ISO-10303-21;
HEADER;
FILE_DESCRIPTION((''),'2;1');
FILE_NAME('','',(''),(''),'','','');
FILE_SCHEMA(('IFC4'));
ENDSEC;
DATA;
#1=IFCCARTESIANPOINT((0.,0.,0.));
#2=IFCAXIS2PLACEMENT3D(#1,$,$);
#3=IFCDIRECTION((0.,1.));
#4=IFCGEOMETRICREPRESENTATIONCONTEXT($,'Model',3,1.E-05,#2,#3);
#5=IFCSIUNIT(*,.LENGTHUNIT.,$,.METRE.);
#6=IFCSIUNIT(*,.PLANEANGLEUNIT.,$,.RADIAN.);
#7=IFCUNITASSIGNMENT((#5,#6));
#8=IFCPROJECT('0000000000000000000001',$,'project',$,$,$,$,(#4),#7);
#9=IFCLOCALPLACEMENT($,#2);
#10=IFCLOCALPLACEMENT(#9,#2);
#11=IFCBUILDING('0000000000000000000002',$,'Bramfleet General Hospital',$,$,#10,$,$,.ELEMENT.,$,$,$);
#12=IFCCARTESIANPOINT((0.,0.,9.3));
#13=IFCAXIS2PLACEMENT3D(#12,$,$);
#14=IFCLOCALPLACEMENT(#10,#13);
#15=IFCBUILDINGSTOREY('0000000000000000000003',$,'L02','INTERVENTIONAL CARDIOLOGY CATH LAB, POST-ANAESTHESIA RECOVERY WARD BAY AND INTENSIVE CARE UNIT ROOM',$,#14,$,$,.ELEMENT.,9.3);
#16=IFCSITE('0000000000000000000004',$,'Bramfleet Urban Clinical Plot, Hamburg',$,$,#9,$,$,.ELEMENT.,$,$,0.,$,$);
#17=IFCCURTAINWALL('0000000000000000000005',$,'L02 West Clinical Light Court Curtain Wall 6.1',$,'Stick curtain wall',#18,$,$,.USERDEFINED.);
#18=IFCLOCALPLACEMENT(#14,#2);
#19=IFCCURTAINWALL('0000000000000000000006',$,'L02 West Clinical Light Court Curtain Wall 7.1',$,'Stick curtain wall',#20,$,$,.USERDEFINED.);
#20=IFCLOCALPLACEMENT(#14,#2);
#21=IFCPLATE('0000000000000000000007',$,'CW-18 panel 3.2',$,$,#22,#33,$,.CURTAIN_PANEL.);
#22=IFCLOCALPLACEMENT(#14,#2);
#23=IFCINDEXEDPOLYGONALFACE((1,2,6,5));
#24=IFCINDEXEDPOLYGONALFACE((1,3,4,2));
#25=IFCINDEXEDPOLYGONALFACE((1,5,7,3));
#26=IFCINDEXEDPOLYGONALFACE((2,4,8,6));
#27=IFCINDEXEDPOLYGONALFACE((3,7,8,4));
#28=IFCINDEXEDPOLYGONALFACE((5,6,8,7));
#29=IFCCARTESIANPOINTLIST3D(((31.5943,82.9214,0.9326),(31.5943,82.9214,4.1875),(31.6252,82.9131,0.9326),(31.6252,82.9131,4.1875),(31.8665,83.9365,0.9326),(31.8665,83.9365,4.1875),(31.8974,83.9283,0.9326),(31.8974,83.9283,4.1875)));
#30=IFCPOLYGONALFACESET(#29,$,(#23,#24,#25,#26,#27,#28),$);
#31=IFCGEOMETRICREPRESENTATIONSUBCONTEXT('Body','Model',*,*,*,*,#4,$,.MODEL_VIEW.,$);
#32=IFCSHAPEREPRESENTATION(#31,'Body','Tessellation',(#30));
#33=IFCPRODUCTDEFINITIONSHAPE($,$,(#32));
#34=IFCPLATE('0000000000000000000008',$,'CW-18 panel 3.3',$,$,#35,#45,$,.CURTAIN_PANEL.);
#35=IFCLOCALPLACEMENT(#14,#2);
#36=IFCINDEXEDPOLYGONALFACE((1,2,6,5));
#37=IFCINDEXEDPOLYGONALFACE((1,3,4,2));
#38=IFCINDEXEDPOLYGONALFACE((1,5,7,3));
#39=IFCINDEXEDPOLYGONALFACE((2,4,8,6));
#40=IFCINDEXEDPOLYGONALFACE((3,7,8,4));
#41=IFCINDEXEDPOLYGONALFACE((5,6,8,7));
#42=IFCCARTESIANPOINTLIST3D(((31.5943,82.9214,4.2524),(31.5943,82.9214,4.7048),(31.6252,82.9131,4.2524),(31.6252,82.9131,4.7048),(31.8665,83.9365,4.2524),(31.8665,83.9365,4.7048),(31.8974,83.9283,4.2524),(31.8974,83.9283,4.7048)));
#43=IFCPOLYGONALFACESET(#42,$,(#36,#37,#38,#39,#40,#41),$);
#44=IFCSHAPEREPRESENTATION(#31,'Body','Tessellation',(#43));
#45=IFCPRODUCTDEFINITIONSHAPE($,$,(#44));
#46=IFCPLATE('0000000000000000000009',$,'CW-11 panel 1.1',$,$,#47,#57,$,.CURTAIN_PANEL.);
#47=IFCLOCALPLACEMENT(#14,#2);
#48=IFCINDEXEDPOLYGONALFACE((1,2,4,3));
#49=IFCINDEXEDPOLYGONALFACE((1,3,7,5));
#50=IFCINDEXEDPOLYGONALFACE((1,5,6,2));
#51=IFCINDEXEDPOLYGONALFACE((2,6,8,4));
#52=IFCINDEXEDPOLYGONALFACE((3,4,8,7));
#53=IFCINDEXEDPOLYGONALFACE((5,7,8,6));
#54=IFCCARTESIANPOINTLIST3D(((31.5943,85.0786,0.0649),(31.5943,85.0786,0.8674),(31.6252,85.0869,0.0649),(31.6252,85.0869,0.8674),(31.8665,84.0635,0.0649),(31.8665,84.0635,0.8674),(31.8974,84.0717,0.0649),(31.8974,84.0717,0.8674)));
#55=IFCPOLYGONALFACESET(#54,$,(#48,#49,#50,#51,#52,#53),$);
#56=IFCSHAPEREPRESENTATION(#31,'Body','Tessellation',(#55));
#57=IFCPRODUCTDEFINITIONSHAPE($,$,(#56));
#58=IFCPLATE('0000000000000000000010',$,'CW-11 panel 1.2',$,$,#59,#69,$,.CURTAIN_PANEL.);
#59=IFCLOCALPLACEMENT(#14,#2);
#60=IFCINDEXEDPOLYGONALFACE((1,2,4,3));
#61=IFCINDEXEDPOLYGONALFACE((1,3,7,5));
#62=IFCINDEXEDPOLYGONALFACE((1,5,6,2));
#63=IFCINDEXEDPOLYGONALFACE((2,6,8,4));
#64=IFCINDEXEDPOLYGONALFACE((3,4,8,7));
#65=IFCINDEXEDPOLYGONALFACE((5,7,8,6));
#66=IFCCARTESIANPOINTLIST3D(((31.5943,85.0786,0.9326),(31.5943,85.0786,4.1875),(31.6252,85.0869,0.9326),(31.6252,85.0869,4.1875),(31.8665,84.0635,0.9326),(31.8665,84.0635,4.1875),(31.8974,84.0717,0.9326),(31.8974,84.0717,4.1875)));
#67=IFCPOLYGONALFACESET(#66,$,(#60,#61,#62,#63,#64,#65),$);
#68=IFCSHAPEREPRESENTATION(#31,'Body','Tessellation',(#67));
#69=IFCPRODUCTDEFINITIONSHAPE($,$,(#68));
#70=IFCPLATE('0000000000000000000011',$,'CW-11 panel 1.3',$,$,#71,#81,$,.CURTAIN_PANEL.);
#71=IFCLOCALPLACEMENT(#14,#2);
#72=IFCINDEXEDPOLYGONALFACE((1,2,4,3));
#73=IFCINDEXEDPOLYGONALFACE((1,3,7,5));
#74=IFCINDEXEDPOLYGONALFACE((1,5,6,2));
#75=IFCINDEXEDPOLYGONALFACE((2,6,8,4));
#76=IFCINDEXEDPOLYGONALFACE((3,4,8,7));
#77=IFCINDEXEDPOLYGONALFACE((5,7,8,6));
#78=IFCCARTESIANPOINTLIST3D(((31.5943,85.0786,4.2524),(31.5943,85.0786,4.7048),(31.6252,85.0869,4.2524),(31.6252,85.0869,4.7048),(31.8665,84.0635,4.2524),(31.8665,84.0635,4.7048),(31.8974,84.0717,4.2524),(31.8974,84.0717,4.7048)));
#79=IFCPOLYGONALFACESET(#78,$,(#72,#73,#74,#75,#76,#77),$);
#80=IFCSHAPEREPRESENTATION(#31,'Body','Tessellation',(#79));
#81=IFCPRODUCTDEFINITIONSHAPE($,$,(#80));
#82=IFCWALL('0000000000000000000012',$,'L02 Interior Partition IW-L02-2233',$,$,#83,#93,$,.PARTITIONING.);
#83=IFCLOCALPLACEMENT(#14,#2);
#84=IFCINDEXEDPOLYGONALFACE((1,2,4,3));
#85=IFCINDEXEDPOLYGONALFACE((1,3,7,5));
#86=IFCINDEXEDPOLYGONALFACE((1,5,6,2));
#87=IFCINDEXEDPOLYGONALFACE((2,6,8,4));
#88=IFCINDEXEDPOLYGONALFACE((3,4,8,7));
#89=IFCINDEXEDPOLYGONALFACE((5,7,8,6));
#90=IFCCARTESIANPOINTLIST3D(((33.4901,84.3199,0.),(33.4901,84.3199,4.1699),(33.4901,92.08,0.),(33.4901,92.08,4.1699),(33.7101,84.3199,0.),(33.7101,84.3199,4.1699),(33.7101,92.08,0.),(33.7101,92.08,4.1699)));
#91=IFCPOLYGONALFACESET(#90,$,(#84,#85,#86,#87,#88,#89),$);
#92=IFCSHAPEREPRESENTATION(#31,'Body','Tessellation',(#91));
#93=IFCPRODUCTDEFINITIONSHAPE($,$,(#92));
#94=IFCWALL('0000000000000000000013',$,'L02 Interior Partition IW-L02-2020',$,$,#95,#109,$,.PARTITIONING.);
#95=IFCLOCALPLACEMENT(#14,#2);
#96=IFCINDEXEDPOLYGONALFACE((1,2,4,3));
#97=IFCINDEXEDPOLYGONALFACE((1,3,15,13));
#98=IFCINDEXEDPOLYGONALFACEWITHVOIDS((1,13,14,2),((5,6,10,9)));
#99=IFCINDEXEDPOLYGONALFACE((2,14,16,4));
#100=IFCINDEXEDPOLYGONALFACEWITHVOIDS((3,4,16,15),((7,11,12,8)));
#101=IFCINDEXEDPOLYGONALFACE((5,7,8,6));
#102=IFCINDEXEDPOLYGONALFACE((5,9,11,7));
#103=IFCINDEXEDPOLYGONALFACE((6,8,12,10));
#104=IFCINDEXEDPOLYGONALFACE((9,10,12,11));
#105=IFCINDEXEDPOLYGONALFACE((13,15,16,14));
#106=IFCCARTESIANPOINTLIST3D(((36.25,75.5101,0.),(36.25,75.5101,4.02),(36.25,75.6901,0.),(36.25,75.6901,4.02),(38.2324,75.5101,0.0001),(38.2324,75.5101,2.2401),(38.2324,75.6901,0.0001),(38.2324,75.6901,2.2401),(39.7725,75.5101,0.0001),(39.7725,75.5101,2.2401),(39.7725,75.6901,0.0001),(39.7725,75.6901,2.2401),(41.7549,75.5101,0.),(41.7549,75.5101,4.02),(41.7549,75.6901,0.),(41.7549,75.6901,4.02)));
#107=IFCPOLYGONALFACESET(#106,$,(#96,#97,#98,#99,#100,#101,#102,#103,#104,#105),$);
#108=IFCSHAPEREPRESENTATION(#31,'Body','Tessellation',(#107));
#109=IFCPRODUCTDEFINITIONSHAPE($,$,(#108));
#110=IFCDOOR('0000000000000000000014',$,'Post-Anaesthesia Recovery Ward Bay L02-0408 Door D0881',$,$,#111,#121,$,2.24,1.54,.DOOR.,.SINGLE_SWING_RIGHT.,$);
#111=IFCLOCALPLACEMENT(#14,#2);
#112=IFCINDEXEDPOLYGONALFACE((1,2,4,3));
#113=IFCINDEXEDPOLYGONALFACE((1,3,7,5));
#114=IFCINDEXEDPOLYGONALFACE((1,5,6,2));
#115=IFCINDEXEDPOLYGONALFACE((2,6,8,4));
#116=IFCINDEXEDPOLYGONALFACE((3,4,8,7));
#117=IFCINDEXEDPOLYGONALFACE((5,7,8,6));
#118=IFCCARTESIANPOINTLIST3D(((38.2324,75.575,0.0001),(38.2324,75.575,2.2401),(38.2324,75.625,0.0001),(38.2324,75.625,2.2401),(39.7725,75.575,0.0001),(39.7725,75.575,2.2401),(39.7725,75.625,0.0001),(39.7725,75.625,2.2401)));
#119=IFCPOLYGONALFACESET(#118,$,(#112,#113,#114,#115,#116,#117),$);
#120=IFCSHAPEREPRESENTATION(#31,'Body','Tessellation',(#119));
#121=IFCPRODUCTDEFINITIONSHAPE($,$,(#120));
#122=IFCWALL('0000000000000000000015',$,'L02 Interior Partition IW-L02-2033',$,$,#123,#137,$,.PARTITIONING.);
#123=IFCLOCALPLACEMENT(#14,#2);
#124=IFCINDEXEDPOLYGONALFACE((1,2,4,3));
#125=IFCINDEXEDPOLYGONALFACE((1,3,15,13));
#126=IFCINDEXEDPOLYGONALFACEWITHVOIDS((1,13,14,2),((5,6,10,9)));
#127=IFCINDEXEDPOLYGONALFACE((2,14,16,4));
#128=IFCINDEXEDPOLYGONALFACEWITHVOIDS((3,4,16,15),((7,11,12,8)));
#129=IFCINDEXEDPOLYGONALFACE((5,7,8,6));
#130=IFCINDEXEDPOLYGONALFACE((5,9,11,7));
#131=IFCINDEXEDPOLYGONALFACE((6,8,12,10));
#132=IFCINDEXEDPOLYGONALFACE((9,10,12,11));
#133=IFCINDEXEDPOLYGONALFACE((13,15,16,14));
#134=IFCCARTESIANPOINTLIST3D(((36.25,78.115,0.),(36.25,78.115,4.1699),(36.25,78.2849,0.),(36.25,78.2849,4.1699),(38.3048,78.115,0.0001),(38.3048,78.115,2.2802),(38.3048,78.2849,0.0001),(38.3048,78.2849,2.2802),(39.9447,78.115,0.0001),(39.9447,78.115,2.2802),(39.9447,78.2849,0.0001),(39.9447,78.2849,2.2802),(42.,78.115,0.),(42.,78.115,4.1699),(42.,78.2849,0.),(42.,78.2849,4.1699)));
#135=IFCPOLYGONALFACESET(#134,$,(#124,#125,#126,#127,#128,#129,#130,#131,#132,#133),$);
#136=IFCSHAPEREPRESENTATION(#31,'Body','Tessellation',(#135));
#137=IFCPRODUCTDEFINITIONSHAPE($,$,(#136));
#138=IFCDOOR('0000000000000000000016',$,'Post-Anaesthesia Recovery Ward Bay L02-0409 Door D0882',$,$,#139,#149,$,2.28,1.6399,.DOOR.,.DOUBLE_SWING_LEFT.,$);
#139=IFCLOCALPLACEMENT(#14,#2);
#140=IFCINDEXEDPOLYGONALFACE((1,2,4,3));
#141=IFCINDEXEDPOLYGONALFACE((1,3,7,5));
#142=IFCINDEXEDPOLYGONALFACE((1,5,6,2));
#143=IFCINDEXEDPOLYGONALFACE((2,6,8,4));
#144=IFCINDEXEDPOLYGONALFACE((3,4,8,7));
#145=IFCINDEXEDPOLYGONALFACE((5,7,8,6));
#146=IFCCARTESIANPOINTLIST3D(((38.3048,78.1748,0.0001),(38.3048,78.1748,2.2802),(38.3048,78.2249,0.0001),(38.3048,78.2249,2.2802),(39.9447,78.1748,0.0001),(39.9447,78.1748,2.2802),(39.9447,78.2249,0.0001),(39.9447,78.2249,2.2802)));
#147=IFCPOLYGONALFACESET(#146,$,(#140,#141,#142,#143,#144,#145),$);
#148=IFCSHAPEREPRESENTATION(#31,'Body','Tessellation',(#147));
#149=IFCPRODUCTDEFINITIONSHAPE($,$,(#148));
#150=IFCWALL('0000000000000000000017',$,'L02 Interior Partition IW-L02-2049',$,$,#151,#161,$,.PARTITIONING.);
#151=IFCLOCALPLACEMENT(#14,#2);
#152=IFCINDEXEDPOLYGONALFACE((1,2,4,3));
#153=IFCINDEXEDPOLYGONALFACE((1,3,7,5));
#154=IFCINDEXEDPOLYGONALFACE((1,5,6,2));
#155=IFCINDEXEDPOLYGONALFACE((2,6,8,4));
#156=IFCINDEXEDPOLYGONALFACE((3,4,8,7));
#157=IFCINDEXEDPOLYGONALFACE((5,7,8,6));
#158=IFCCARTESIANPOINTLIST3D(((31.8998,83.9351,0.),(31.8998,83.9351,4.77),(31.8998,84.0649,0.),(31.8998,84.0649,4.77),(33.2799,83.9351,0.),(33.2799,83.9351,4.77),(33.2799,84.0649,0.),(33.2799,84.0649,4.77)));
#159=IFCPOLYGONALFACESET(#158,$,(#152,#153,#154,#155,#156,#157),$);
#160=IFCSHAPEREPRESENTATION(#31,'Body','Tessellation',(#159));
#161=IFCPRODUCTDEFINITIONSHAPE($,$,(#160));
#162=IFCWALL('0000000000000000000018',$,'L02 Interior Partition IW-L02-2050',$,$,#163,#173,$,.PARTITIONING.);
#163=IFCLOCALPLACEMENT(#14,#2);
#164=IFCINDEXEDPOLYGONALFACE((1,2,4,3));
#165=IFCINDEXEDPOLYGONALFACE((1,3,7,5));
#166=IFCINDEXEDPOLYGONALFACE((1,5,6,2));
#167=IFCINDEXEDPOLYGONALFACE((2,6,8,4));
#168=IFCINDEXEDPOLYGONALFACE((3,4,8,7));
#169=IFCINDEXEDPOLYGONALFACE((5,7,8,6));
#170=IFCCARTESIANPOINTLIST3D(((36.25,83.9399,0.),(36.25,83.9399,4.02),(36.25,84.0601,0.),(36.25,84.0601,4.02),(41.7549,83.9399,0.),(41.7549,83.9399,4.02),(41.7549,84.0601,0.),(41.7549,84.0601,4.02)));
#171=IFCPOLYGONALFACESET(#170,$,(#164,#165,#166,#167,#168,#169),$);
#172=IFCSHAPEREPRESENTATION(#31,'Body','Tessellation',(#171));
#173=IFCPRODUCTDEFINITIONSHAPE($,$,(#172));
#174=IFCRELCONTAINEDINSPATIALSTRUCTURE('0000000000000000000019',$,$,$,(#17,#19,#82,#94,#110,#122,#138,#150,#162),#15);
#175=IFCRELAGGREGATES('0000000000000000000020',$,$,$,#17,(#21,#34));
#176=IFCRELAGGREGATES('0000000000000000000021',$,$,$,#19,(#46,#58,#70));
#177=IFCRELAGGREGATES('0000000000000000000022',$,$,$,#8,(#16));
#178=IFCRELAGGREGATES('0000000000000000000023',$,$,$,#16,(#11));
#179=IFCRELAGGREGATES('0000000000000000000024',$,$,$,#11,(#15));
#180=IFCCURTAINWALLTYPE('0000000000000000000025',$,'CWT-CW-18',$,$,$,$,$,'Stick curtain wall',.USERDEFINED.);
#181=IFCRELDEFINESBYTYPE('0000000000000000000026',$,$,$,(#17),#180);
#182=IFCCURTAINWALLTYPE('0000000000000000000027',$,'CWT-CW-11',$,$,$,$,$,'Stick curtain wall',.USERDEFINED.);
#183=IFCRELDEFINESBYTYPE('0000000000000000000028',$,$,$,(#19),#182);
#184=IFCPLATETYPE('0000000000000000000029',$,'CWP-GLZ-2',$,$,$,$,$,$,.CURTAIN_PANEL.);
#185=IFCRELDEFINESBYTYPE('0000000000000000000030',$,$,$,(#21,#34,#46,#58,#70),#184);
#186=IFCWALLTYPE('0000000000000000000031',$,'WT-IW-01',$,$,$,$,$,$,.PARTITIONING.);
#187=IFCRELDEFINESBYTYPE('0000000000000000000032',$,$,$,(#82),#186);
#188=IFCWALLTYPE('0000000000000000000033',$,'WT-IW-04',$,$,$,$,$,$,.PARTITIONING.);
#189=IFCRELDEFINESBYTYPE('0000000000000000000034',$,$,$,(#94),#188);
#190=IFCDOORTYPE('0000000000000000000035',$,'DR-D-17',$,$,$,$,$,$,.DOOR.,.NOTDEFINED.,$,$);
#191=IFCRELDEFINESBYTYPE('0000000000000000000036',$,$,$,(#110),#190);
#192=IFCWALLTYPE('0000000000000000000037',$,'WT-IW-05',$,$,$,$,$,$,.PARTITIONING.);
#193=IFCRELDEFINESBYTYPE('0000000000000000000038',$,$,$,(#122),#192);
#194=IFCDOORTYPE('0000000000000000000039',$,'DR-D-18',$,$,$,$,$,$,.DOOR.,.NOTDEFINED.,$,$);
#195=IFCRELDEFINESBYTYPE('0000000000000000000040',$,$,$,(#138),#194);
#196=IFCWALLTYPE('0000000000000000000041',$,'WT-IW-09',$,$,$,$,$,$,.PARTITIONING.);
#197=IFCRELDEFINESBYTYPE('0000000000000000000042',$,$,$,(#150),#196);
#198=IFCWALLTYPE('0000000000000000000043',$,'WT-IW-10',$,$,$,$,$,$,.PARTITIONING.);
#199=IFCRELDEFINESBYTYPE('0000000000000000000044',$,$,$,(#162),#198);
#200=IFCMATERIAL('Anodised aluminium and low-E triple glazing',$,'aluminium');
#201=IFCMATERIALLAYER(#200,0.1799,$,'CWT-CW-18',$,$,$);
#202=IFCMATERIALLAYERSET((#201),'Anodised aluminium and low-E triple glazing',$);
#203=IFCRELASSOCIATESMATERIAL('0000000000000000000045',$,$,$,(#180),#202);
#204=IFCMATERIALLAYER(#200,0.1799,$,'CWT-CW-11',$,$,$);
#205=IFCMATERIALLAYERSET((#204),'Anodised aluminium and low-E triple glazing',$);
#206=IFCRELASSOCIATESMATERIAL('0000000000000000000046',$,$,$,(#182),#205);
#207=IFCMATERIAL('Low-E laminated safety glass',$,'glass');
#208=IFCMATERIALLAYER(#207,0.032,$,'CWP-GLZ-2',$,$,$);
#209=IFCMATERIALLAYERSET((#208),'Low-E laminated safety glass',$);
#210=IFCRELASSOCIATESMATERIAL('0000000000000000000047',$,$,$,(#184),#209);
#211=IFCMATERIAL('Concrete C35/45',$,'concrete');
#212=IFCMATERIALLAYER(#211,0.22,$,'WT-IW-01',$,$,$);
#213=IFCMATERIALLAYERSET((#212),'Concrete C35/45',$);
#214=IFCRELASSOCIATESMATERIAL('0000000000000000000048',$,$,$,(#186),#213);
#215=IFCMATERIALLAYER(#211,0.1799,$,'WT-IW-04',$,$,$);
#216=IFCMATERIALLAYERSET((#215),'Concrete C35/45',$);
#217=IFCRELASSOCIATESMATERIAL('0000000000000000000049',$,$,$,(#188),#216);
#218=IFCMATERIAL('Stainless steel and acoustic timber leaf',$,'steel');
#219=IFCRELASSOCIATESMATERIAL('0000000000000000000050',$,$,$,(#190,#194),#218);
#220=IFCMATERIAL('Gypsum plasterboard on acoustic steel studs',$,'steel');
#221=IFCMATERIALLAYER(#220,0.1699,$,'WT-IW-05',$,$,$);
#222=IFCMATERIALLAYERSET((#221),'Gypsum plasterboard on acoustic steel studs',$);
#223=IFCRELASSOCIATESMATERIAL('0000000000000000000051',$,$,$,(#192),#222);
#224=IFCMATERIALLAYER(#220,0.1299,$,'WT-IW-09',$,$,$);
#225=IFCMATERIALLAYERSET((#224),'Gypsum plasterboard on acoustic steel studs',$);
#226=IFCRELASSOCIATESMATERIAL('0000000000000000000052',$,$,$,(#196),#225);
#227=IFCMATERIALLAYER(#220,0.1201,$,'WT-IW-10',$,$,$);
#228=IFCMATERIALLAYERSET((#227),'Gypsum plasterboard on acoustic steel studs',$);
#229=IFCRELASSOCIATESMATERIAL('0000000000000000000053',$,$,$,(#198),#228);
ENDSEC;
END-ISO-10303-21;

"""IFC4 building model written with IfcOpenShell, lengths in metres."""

from ifc_helpers import new_model, si_unit, direction, frame, frame_2d, origin, origin_2d, place, context, subcontext, project, spatial, rectangle, extrude, material, layer, layer_set, type_object, element, fill, aggregate, save


model = new_model("IFC4")

# Units and contexts
model_context = context("Model", 3, precision=1e-05, world=origin(), true_north=direction((0.0, 1.0)))
body_context = subcontext(model_context, "Body", "Model", "MODEL_VIEW")
ifc_project = project(units=[si_unit("LENGTHUNIT", "METRE"), si_unit("PLANEANGLEUNIT", "RADIAN")], contexts=[model_context])

# Site, building, storey
site_placement = place(None, origin())
site = spatial("IfcSite", under=ifc_project, at=site_placement, Name="Bramfleet Urban Clinical Plot, Hamburg", CompositionType="ELEMENT", RefElevation=0.0)
building_placement = place(site_placement, origin())
building = spatial("IfcBuilding", under=site, at=building_placement, Name="Bramfleet General Hospital", CompositionType="ELEMENT")
storey_placement = place(building_placement, frame((0.0, 0.0, 9.3)))
storey = spatial("IfcBuildingStorey", under=building, at=storey_placement, Name="L02", Description="INTERVENTIONAL CARDIOLOGY CATH LAB, POST-ANAESTHESIA RECOVERY WARD BAY AND INTENSIVE CARE UNIT ROOM", CompositionType="ELEMENT", Elevation=9.3)

# Shared definitions
ifc_material_1 = material(Name="Concrete C35/45", Category="concrete")

# Curtain walls
ifc_material_2 = material(Name="Anodised aluminium and low-E triple glazing", Category="aluminium")
ifc_layer_1 = layer(ifc_material_2, 0.1799, Name="CWT-CW-18")
ifc_layer_set_1 = layer_set([ifc_layer_1], Name="Anodised aluminium and low-E triple glazing")
curtain_wall_type_1 = type_object("IfcCurtainWallType", Name="CWT-CW-18", ElementType="Stick curtain wall", PredefinedType="USERDEFINED", material=ifc_layer_set_1)
curtain_wall_1_placement = place(storey_placement, origin())
curtain_wall_1 = element("IfcCurtainWall", 1, at=curtain_wall_1_placement, inside=storey, type_object=curtain_wall_type_1, Name="L02 West Clinical Light Court Curtain Wall 6.1", ObjectType="Stick curtain wall", PredefinedType="USERDEFINED")
ifc_layer_2 = layer(ifc_material_2, 0.1799, Name="CWT-CW-11")
ifc_layer_set_2 = layer_set([ifc_layer_2], Name="Anodised aluminium and low-E triple glazing")
curtain_wall_type_2 = type_object("IfcCurtainWallType", Name="CWT-CW-11", ElementType="Stick curtain wall", PredefinedType="USERDEFINED", material=ifc_layer_set_2)
curtain_wall_2_placement = place(storey_placement, origin())
curtain_wall_2 = element("IfcCurtainWall", 2, at=curtain_wall_2_placement, inside=storey, type_object=curtain_wall_type_2, Name="L02 West Clinical Light Court Curtain Wall 7.1", ObjectType="Stick curtain wall", PredefinedType="USERDEFINED")

# Plates
ifc_material_3 = material(Name="Low-E laminated safety glass", Category="glass")
ifc_layer_3 = layer(ifc_material_3, 0.032, Name="CWP-GLZ-2")
ifc_layer_set_3 = layer_set([ifc_layer_3], Name="Low-E laminated safety glass")
plate_type = type_object("IfcPlateType", Name="CWP-GLZ-2", PredefinedType="CURTAIN_PANEL", material=ifc_layer_set_3)
plate_1_placement = place(storey_placement, frame((31.7458, 83.4248, 0.9326), z_axis=(0.0, 0.0, 1.0), x_axis=(0.258919, 0.965899, 0.0)))
plate_1 = element("IfcPlate", 3, at=plate_1_placement, type_object=plate_type, Name="CW-18 panel 3.2", PredefinedType="CURTAIN_PANEL", context=body_context, shape_type="SweptSolid", body=[
    extrude(rectangle(XDim=1.051, YDim=0.032, at=origin_2d()), origin(), (0.0, 0.0, 1.0), 3.2549),
])
plate_2_placement = place(storey_placement, frame((31.7458, 83.4248, 4.2524), z_axis=(0.0, 0.0, 1.0), x_axis=(0.258919, 0.965899, 0.0)))
plate_2 = element("IfcPlate", 4, at=plate_2_placement, type_object=plate_type, Name="CW-18 panel 3.3", PredefinedType="CURTAIN_PANEL", context=body_context, shape_type="SweptSolid", body=[
    extrude(rectangle(XDim=1.051, YDim=0.032, at=origin_2d()), origin(), (0.0, 0.0, 1.0), 0.4524),
])
aggregate(curtain_wall_1, [plate_1, plate_2])
plate_3_placement = place(storey_placement, frame((31.7458, 84.5752, 0.0649), z_axis=(0.0, 0.0, 1.0), x_axis=(-0.258919, 0.965899, 0.0)))
plate_3 = element("IfcPlate", 5, at=plate_3_placement, type_object=plate_type, Name="CW-11 panel 1.1", PredefinedType="CURTAIN_PANEL", context=body_context, shape_type="SweptSolid", body=[
    extrude(rectangle(XDim=1.051, YDim=0.032, at=origin_2d()), origin(), (0.0, 0.0, 1.0), 0.8025),
])
plate_4_placement = place(storey_placement, frame((31.7458, 84.5752, 0.9326), z_axis=(0.0, 0.0, 1.0), x_axis=(-0.258919, 0.965899, 0.0)))
plate_4 = element("IfcPlate", 6, at=plate_4_placement, type_object=plate_type, Name="CW-11 panel 1.2", PredefinedType="CURTAIN_PANEL", context=body_context, shape_type="SweptSolid", body=[
    extrude(rectangle(XDim=1.051, YDim=0.032, at=origin_2d()), origin(), (0.0, 0.0, 1.0), 3.2549),
])
plate_5_placement = place(storey_placement, frame((31.7458, 84.5752, 4.2524), z_axis=(0.0, 0.0, 1.0), x_axis=(-0.258919, 0.965899, 0.0)))
plate_5 = element("IfcPlate", 7, at=plate_5_placement, type_object=plate_type, Name="CW-11 panel 1.3", PredefinedType="CURTAIN_PANEL", context=body_context, shape_type="SweptSolid", body=[
    extrude(rectangle(XDim=1.051, YDim=0.032, at=origin_2d()), origin(), (0.0, 0.0, 1.0), 0.4524),
])
aggregate(curtain_wall_2, [plate_3, plate_4, plate_5])

# Wall
ifc_layer_4 = layer(ifc_material_1, 0.22, Name="WT-IW-01")
ifc_layer_set_4 = layer_set([ifc_layer_4], Name="Concrete C35/45")
wall_type_1 = type_object("IfcWallType", Name="WT-IW-01", PredefinedType="PARTITIONING", material=ifc_layer_set_4)
wall_1_placement = place(storey_placement, frame((33.6001, 84.3201, 0.0), z_axis=(0.0, 0.0, 1.0), x_axis=(0.0, 1.0, 0.0)))
element("IfcWall", 8, at=wall_1_placement, inside=storey, type_object=wall_type_1, Name="L02 Interior Partition IW-L02-2233", PredefinedType="PARTITIONING", context=body_context, shape_type="SweptSolid", body=[
    extrude(rectangle(XDim=7.76, YDim=0.22, at=frame_2d((3.8799, 0.0))), origin(), (0.0, 0.0, 1.0), 4.1699),
])

# Walls, openings, doors
ifc_layer_5 = layer(ifc_material_1, 0.1799, Name="WT-IW-04")
ifc_layer_set_5 = layer_set([ifc_layer_5], Name="Concrete C35/45")
wall_type_2 = type_object("IfcWallType", Name="WT-IW-04", PredefinedType="PARTITIONING", material=ifc_layer_set_5)
wall_2_placement = place(storey_placement, frame((36.25, 75.6001, 0.0), z_axis=(0.0, 0.0, 1.0), x_axis=(1.0, 0.0, 0.0)))
wall_2 = element("IfcWall", 9, at=wall_2_placement, inside=storey, type_object=wall_type_2, Name="L02 Interior Partition IW-L02-2020", PredefinedType="PARTITIONING", context=body_context, shape_type="SweptSolid", body=[
    extrude(rectangle(XDim=5.5049, YDim=0.1799, at=frame_2d((2.7524, 0.0))), origin(), (0.0, 0.0, 1.0), 4.02),
])
opening_1_placement = place(wall_2_placement, frame((1.9824, 0.0, 0.0)))
opening_1 = element("IfcOpeningElement", 10, at=opening_1_placement, cuts=wall_2, PredefinedType="OPENING", context=body_context, shape_type="SweptSolid", body=[
    extrude(rectangle(XDim=1.54, YDim=2.24, at=frame_2d((0.77, 1.1201))), frame((0.0, 0.0999, 0.0), z_axis=(0.0, -1.0, 0.0), x_axis=(1.0, 0.0, 0.0)), (0.0, 0.0, 1.0), 0.2),
])
ifc_material_4 = material(Name="Stainless steel and acoustic timber leaf", Category="steel")
door_type_1 = type_object("IfcDoorType", Name="DR-D-17", OperationType="NOTDEFINED", PredefinedType="DOOR", material=ifc_material_4)
door_1_placement = place(opening_1_placement, origin())
door_1 = element("IfcDoor", 11, at=door_1_placement, inside=storey, type_object=door_type_1, Name="Post-Anaesthesia Recovery Ward Bay L02-0408 Door D0881", OperationType="SINGLE_SWING_RIGHT", OverallHeight=2.24, OverallWidth=1.54, PredefinedType="DOOR", context=body_context, shape_type="SweptSolid", body=[
    extrude(rectangle(XDim=1.54, YDim=2.24, at=frame_2d((0.77, 1.1201))), frame((0.0, 0.0249, 0.0), z_axis=(0.0, -1.0, 0.0), x_axis=(1.0, 0.0, 0.0)), (0.0, 0.0, 1.0), 0.05),
])
fill(opening_1, door_1)
ifc_material_5 = material(Name="Gypsum plasterboard on acoustic steel studs", Category="steel")
ifc_layer_6 = layer(ifc_material_5, 0.1699, Name="WT-IW-05")
ifc_layer_set_6 = layer_set([ifc_layer_6], Name="Gypsum plasterboard on acoustic steel studs")
wall_type_3 = type_object("IfcWallType", Name="WT-IW-05", PredefinedType="PARTITIONING", material=ifc_layer_set_6)
wall_3_placement = place(storey_placement, frame((36.25, 78.2, 0.0), z_axis=(0.0, 0.0, 1.0), x_axis=(1.0, 0.0, 0.0)))
wall_3 = element("IfcWall", 12, at=wall_3_placement, inside=storey, type_object=wall_type_3, Name="L02 Interior Partition IW-L02-2033", PredefinedType="PARTITIONING", context=body_context, shape_type="SweptSolid", body=[
    extrude(rectangle(XDim=5.75, YDim=0.1699, at=frame_2d((2.875, 0.0))), origin(), (0.0, 0.0, 1.0), 4.1699),
])
opening_2_placement = place(wall_3_placement, frame((2.0549, 0.0, 0.0)))
opening_2 = element("IfcOpeningElement", 13, at=opening_2_placement, cuts=wall_3, PredefinedType="OPENING", context=body_context, shape_type="SweptSolid", body=[
    extrude(rectangle(XDim=1.6399, YDim=2.28, at=frame_2d((0.8198, 1.1401))), frame((0.0, 0.095, 0.0), z_axis=(0.0, -1.0, 0.0), x_axis=(1.0, 0.0, 0.0)), (0.0, 0.0, 1.0), 0.1899),
])
door_type_2 = type_object("IfcDoorType", Name="DR-D-18", OperationType="NOTDEFINED", PredefinedType="DOOR", material=ifc_material_4)
door_2_placement = place(opening_2_placement, origin())
door_2 = element("IfcDoor", 14, at=door_2_placement, inside=storey, type_object=door_type_2, Name="Post-Anaesthesia Recovery Ward Bay L02-0409 Door D0882", OperationType="DOUBLE_SWING_LEFT", OverallHeight=2.28, OverallWidth=1.6399, PredefinedType="DOOR", context=body_context, shape_type="SweptSolid", body=[
    extrude(rectangle(XDim=1.6399, YDim=2.28, at=frame_2d((0.8198, 1.1401))), frame((0.0, 0.0249, 0.0), z_axis=(0.0, -1.0, 0.0), x_axis=(1.0, 0.0, 0.0)), (0.0, 0.0, 1.0), 0.05),
])
fill(opening_2, door_2)

# Walls
ifc_layer_7 = layer(ifc_material_5, 0.1299, Name="WT-IW-09")
ifc_layer_set_7 = layer_set([ifc_layer_7], Name="Gypsum plasterboard on acoustic steel studs")
wall_type_4 = type_object("IfcWallType", Name="WT-IW-09", PredefinedType="PARTITIONING", material=ifc_layer_set_7)
wall_4_placement = place(storey_placement, frame((31.8999, 84.0, 0.0), z_axis=(0.0, 0.0, 1.0), x_axis=(1.0, 0.0, 0.0)))
element("IfcWall", 15, at=wall_4_placement, inside=storey, type_object=wall_type_4, Name="L02 Interior Partition IW-L02-2049", PredefinedType="PARTITIONING", context=body_context, shape_type="SweptSolid", body=[
    extrude(rectangle(XDim=1.3801, YDim=0.1299, at=frame_2d((0.6899, 0.0))), origin(), (0.0, 0.0, 1.0), 4.77),
])
ifc_layer_8 = layer(ifc_material_5, 0.1201, Name="WT-IW-10")
ifc_layer_set_8 = layer_set([ifc_layer_8], Name="Gypsum plasterboard on acoustic steel studs")
wall_type_5 = type_object("IfcWallType", Name="WT-IW-10", PredefinedType="PARTITIONING", material=ifc_layer_set_8)
wall_5_placement = place(storey_placement, frame((36.25, 84.0, 0.0), z_axis=(0.0, 0.0, 1.0), x_axis=(1.0, 0.0, 0.0)))
element("IfcWall", 16, at=wall_5_placement, inside=storey, type_object=wall_type_5, Name="L02 Interior Partition IW-L02-2050", PredefinedType="PARTITIONING", context=body_context, shape_type="SweptSolid", body=[
    extrude(rectangle(XDim=5.5049, YDim=0.1201, at=frame_2d((2.7524, 0.0))), origin(), (0.0, 0.0, 1.0), 4.02),
])

save(model, "model.ifc")
